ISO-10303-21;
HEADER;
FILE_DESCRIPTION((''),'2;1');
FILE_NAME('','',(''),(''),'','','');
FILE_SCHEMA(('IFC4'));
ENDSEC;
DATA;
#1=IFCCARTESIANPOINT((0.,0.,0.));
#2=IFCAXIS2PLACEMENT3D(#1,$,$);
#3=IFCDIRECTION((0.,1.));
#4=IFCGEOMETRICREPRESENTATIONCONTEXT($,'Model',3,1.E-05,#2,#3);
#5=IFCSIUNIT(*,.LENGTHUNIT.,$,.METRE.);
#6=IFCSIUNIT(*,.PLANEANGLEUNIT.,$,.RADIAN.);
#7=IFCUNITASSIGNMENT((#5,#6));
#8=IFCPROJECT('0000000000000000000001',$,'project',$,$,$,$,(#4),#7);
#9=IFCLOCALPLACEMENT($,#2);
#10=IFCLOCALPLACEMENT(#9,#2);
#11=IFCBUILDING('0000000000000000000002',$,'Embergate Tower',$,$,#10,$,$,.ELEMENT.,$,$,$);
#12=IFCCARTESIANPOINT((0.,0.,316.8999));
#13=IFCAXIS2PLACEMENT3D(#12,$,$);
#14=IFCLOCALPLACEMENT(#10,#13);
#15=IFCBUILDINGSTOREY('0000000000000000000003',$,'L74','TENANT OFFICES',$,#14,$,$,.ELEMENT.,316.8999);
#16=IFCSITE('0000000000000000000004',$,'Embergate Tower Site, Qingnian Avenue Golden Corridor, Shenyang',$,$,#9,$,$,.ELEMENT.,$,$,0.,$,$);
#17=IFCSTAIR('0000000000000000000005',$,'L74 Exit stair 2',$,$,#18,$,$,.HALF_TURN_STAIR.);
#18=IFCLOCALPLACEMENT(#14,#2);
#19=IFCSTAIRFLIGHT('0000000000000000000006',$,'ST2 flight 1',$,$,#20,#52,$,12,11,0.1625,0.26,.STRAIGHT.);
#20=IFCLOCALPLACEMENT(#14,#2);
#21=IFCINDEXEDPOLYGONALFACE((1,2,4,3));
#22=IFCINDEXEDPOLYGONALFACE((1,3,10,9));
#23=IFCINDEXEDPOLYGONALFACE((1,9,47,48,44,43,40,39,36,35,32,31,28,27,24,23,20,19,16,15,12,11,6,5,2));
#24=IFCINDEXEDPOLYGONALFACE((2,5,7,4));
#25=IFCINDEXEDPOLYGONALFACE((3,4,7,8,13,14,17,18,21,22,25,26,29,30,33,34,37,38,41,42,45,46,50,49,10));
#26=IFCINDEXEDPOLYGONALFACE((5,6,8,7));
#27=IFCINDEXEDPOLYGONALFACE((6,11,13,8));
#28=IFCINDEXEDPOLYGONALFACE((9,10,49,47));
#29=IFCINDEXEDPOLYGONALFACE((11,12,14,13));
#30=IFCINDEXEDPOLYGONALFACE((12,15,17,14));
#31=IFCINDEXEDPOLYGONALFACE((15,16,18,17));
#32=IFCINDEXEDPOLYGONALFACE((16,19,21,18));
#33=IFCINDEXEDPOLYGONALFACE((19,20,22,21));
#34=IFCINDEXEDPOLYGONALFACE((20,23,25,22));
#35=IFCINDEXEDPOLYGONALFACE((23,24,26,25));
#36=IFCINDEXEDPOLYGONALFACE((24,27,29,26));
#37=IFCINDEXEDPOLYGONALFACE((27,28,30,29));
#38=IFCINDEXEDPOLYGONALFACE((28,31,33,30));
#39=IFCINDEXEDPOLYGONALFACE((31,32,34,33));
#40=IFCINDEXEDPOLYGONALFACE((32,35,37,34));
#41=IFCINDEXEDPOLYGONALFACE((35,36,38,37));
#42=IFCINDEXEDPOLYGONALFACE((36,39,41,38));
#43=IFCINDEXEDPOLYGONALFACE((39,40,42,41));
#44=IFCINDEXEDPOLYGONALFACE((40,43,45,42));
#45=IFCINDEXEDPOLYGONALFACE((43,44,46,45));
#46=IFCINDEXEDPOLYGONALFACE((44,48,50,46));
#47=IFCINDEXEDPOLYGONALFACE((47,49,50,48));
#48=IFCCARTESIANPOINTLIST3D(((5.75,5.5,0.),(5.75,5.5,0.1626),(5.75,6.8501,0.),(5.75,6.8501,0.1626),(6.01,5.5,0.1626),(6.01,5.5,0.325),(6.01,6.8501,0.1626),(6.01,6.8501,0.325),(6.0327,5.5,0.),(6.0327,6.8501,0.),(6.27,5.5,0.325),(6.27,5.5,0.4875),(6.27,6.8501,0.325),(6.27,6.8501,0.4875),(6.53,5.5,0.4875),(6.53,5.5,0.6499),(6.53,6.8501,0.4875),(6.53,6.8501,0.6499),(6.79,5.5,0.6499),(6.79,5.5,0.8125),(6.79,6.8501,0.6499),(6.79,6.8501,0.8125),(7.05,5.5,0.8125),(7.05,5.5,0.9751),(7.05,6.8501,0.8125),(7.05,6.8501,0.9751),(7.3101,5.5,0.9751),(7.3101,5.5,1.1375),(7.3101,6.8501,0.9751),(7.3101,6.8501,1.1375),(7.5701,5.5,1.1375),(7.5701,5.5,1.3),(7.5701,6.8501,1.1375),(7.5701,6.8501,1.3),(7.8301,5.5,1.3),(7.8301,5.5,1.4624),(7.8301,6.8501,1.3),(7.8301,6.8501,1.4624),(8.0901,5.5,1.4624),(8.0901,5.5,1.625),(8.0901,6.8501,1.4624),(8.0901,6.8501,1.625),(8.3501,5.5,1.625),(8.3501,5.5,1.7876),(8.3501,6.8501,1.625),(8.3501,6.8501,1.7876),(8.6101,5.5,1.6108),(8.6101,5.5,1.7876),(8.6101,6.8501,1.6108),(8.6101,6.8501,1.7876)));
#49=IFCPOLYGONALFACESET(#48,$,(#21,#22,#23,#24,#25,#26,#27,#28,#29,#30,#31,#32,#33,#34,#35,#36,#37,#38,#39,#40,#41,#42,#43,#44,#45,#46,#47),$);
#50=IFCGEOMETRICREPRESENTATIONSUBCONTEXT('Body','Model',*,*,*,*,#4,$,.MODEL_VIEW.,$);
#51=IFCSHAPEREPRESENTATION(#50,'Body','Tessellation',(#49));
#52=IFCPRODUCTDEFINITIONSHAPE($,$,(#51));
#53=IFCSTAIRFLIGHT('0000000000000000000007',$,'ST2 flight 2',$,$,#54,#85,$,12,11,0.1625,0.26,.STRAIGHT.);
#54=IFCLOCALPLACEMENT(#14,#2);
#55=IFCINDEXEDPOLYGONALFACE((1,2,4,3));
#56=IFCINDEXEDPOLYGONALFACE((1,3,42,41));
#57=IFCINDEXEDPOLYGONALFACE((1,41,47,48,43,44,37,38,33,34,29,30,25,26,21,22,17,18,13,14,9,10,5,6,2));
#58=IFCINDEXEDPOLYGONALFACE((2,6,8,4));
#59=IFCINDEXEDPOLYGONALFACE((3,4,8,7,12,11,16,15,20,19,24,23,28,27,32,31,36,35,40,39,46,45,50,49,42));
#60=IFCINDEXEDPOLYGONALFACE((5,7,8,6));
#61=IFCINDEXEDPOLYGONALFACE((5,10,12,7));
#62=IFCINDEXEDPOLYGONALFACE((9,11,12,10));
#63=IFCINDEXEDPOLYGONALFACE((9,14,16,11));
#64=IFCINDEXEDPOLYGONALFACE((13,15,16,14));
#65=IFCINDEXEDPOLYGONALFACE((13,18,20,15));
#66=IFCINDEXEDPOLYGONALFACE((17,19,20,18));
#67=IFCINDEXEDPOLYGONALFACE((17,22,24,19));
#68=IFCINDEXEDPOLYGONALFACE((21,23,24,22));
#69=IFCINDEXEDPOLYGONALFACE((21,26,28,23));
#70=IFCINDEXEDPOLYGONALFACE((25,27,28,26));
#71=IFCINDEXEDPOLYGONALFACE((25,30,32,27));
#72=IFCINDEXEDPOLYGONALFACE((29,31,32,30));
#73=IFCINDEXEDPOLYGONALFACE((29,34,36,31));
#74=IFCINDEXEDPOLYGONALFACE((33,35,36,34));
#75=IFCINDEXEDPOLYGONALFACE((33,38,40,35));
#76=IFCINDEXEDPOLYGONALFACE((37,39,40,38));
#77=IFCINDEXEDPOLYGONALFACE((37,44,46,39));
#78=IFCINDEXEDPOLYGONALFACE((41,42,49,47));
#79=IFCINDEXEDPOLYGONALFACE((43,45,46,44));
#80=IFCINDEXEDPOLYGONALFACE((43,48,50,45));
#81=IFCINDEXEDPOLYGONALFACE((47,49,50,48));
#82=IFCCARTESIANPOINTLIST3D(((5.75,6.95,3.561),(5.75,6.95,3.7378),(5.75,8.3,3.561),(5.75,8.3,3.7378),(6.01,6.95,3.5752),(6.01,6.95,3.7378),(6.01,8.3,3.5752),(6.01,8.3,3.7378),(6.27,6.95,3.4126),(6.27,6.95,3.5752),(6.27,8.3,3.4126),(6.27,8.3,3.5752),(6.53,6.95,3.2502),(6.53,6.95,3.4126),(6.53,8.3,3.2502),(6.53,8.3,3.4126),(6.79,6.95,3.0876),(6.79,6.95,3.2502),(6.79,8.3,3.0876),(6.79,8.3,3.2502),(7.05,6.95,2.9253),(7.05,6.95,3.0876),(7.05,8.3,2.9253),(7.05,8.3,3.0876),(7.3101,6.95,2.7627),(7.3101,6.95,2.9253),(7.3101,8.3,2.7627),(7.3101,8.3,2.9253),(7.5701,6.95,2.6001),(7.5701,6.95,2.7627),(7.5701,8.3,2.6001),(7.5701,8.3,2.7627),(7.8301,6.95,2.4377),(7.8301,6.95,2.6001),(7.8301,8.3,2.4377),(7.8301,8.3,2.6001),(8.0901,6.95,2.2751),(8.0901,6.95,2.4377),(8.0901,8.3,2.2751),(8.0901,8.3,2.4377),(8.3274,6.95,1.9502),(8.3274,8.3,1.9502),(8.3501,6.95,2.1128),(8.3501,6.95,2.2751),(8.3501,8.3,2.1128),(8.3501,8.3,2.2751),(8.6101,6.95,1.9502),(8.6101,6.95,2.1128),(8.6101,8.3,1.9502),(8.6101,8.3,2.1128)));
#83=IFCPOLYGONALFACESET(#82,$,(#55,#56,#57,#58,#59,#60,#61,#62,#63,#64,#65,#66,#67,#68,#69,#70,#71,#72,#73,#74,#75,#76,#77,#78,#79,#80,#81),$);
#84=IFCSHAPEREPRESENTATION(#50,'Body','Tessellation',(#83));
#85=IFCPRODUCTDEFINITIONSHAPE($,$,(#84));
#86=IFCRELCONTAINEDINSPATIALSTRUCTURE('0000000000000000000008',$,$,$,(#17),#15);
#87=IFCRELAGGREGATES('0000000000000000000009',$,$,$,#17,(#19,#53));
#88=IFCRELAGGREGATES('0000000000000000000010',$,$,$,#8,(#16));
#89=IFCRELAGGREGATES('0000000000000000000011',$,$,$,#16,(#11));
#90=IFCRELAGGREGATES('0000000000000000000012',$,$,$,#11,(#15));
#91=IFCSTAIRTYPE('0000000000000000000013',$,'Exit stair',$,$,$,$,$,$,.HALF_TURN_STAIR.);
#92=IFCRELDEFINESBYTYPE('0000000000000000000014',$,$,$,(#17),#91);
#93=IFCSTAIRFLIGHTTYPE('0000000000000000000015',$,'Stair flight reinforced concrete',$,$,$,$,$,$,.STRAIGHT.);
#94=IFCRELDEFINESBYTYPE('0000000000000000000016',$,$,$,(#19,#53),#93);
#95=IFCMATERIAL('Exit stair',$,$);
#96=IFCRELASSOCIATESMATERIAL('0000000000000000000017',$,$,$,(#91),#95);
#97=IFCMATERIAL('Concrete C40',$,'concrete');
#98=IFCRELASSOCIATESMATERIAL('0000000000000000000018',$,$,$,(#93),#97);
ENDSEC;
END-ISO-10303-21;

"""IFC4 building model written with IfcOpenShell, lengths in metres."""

from ifc_helpers import new_model, si_unit, direction, frame, origin, place, context, subcontext, project, spatial, polyline, outline, extrude, source, transform, mapped, material, type_object, element, aggregate, save


model = new_model("IFC4")

# Units and contexts
model_context = context("Model", 3, precision=1e-05, world=origin(), true_north=direction((0.0, 1.0)))
body_context = subcontext(model_context, "Body", "Model", "MODEL_VIEW")
ifc_project = project(units=[si_unit("LENGTHUNIT", "METRE"), si_unit("PLANEANGLEUNIT", "RADIAN")], contexts=[model_context])

# Site, building, storey
site_placement = place(None, origin())
site = spatial("IfcSite", under=ifc_project, at=site_placement, Name="Embergate Tower Site, Qingnian Avenue Golden Corridor, Shenyang", CompositionType="ELEMENT", RefElevation=0.0)
building_placement = place(site_placement, origin())
building = spatial("IfcBuilding", under=site, at=building_placement, Name="Embergate Tower", CompositionType="ELEMENT")
storey_placement = place(building_placement, frame((0.0, 0.0, 316.8999)))
storey = spatial("IfcBuildingStorey", under=building, at=storey_placement, Name="L74", Description="TENANT OFFICES", CompositionType="ELEMENT", Elevation=316.8999)

# Stair, stair flights
ifc_material_1 = material(Name="Exit stair")
stair_type = type_object("IfcStairType", Name="Exit stair", PredefinedType="HALF_TURN_STAIR", material=ifc_material_1)
stair_placement = place(storey_placement, origin())
stair = element("IfcStair", 1, at=stair_placement, inside=storey, type_object=stair_type, Name="L74 Exit stair 2", PredefinedType="HALF_TURN_STAIR")
ifc_material_2 = material(Name="Concrete C40", Category="concrete")
stair_flight_type = type_object("IfcStairFlightType", Name="Stair flight reinforced concrete", PredefinedType="STRAIGHT", material=ifc_material_2)
shared_shape_1 = source(origin(), body_context, "Body", "SweptSolid", [
    extrude(outline(polyline([(0.0, 0.0), (0.0, 0.1626), (0.26, 0.1626), (0.26, 0.325), (0.52, 0.325), (0.52, 0.4875), (0.78, 0.4875), (0.78, 0.6499), (1.04, 0.6499), (1.04, 0.8125), (1.3, 0.8125), (1.3, 0.9751), (1.5601, 0.9751), (1.5601, 1.1375), (1.8201, 1.1375), (1.8201, 1.3), (2.0801, 1.3), (2.0801, 1.4624), (2.3401, 1.4624), (2.3401, 1.625), (2.6001, 1.625), (2.6001, 1.7876), (2.8601, 1.7876), (2.8601, 1.95), (2.8601, 1.6108), (0.2827, 0.0), (0.0, 0.0)])), frame((0.0, 0.675, 0.0), z_axis=(0.0, -1.0, 0.0), x_axis=(1.0, 0.0, 0.0)), (0.0, 0.0, 1.0), 1.3501),
])
stair_flight_1_placement = place(storey_placement, frame((5.75, 6.175, 0.0), z_axis=(0.0, 0.0, 1.0), x_axis=(1.0, 0.0, 0.0)))
stair_flight_1 = element("IfcStairFlight", 2, at=stair_flight_1_placement, type_object=stair_flight_type, Name="ST2 flight 1", NumberOfRisers=12, NumberOfTreads=11, PredefinedType="STRAIGHT", RiserHeight=0.1625, TreadLength=0.26, context=body_context, shape_type="MappedRepresentation", body=[
    mapped(shared_shape_1, transform((0.0, 0.0, 0.0))),
])
stair_flight_2_placement = place(storey_placement, frame((8.6101, 7.625, 1.9502), z_axis=(0.0, 0.0, 1.0), x_axis=(-1.0, 0.0, 0.0)))
stair_flight_2 = element("IfcStairFlight", 3, at=stair_flight_2_placement, type_object=stair_flight_type, Name="ST2 flight 2", NumberOfRisers=12, NumberOfTreads=11, PredefinedType="STRAIGHT", RiserHeight=0.1625, TreadLength=0.26, context=body_context, shape_type="MappedRepresentation", body=[
    mapped(shared_shape_1, transform((0.0, 0.0, 0.0))),
])
aggregate(stair, [stair_flight_1, stair_flight_2])

save(model, "model.ifc")
